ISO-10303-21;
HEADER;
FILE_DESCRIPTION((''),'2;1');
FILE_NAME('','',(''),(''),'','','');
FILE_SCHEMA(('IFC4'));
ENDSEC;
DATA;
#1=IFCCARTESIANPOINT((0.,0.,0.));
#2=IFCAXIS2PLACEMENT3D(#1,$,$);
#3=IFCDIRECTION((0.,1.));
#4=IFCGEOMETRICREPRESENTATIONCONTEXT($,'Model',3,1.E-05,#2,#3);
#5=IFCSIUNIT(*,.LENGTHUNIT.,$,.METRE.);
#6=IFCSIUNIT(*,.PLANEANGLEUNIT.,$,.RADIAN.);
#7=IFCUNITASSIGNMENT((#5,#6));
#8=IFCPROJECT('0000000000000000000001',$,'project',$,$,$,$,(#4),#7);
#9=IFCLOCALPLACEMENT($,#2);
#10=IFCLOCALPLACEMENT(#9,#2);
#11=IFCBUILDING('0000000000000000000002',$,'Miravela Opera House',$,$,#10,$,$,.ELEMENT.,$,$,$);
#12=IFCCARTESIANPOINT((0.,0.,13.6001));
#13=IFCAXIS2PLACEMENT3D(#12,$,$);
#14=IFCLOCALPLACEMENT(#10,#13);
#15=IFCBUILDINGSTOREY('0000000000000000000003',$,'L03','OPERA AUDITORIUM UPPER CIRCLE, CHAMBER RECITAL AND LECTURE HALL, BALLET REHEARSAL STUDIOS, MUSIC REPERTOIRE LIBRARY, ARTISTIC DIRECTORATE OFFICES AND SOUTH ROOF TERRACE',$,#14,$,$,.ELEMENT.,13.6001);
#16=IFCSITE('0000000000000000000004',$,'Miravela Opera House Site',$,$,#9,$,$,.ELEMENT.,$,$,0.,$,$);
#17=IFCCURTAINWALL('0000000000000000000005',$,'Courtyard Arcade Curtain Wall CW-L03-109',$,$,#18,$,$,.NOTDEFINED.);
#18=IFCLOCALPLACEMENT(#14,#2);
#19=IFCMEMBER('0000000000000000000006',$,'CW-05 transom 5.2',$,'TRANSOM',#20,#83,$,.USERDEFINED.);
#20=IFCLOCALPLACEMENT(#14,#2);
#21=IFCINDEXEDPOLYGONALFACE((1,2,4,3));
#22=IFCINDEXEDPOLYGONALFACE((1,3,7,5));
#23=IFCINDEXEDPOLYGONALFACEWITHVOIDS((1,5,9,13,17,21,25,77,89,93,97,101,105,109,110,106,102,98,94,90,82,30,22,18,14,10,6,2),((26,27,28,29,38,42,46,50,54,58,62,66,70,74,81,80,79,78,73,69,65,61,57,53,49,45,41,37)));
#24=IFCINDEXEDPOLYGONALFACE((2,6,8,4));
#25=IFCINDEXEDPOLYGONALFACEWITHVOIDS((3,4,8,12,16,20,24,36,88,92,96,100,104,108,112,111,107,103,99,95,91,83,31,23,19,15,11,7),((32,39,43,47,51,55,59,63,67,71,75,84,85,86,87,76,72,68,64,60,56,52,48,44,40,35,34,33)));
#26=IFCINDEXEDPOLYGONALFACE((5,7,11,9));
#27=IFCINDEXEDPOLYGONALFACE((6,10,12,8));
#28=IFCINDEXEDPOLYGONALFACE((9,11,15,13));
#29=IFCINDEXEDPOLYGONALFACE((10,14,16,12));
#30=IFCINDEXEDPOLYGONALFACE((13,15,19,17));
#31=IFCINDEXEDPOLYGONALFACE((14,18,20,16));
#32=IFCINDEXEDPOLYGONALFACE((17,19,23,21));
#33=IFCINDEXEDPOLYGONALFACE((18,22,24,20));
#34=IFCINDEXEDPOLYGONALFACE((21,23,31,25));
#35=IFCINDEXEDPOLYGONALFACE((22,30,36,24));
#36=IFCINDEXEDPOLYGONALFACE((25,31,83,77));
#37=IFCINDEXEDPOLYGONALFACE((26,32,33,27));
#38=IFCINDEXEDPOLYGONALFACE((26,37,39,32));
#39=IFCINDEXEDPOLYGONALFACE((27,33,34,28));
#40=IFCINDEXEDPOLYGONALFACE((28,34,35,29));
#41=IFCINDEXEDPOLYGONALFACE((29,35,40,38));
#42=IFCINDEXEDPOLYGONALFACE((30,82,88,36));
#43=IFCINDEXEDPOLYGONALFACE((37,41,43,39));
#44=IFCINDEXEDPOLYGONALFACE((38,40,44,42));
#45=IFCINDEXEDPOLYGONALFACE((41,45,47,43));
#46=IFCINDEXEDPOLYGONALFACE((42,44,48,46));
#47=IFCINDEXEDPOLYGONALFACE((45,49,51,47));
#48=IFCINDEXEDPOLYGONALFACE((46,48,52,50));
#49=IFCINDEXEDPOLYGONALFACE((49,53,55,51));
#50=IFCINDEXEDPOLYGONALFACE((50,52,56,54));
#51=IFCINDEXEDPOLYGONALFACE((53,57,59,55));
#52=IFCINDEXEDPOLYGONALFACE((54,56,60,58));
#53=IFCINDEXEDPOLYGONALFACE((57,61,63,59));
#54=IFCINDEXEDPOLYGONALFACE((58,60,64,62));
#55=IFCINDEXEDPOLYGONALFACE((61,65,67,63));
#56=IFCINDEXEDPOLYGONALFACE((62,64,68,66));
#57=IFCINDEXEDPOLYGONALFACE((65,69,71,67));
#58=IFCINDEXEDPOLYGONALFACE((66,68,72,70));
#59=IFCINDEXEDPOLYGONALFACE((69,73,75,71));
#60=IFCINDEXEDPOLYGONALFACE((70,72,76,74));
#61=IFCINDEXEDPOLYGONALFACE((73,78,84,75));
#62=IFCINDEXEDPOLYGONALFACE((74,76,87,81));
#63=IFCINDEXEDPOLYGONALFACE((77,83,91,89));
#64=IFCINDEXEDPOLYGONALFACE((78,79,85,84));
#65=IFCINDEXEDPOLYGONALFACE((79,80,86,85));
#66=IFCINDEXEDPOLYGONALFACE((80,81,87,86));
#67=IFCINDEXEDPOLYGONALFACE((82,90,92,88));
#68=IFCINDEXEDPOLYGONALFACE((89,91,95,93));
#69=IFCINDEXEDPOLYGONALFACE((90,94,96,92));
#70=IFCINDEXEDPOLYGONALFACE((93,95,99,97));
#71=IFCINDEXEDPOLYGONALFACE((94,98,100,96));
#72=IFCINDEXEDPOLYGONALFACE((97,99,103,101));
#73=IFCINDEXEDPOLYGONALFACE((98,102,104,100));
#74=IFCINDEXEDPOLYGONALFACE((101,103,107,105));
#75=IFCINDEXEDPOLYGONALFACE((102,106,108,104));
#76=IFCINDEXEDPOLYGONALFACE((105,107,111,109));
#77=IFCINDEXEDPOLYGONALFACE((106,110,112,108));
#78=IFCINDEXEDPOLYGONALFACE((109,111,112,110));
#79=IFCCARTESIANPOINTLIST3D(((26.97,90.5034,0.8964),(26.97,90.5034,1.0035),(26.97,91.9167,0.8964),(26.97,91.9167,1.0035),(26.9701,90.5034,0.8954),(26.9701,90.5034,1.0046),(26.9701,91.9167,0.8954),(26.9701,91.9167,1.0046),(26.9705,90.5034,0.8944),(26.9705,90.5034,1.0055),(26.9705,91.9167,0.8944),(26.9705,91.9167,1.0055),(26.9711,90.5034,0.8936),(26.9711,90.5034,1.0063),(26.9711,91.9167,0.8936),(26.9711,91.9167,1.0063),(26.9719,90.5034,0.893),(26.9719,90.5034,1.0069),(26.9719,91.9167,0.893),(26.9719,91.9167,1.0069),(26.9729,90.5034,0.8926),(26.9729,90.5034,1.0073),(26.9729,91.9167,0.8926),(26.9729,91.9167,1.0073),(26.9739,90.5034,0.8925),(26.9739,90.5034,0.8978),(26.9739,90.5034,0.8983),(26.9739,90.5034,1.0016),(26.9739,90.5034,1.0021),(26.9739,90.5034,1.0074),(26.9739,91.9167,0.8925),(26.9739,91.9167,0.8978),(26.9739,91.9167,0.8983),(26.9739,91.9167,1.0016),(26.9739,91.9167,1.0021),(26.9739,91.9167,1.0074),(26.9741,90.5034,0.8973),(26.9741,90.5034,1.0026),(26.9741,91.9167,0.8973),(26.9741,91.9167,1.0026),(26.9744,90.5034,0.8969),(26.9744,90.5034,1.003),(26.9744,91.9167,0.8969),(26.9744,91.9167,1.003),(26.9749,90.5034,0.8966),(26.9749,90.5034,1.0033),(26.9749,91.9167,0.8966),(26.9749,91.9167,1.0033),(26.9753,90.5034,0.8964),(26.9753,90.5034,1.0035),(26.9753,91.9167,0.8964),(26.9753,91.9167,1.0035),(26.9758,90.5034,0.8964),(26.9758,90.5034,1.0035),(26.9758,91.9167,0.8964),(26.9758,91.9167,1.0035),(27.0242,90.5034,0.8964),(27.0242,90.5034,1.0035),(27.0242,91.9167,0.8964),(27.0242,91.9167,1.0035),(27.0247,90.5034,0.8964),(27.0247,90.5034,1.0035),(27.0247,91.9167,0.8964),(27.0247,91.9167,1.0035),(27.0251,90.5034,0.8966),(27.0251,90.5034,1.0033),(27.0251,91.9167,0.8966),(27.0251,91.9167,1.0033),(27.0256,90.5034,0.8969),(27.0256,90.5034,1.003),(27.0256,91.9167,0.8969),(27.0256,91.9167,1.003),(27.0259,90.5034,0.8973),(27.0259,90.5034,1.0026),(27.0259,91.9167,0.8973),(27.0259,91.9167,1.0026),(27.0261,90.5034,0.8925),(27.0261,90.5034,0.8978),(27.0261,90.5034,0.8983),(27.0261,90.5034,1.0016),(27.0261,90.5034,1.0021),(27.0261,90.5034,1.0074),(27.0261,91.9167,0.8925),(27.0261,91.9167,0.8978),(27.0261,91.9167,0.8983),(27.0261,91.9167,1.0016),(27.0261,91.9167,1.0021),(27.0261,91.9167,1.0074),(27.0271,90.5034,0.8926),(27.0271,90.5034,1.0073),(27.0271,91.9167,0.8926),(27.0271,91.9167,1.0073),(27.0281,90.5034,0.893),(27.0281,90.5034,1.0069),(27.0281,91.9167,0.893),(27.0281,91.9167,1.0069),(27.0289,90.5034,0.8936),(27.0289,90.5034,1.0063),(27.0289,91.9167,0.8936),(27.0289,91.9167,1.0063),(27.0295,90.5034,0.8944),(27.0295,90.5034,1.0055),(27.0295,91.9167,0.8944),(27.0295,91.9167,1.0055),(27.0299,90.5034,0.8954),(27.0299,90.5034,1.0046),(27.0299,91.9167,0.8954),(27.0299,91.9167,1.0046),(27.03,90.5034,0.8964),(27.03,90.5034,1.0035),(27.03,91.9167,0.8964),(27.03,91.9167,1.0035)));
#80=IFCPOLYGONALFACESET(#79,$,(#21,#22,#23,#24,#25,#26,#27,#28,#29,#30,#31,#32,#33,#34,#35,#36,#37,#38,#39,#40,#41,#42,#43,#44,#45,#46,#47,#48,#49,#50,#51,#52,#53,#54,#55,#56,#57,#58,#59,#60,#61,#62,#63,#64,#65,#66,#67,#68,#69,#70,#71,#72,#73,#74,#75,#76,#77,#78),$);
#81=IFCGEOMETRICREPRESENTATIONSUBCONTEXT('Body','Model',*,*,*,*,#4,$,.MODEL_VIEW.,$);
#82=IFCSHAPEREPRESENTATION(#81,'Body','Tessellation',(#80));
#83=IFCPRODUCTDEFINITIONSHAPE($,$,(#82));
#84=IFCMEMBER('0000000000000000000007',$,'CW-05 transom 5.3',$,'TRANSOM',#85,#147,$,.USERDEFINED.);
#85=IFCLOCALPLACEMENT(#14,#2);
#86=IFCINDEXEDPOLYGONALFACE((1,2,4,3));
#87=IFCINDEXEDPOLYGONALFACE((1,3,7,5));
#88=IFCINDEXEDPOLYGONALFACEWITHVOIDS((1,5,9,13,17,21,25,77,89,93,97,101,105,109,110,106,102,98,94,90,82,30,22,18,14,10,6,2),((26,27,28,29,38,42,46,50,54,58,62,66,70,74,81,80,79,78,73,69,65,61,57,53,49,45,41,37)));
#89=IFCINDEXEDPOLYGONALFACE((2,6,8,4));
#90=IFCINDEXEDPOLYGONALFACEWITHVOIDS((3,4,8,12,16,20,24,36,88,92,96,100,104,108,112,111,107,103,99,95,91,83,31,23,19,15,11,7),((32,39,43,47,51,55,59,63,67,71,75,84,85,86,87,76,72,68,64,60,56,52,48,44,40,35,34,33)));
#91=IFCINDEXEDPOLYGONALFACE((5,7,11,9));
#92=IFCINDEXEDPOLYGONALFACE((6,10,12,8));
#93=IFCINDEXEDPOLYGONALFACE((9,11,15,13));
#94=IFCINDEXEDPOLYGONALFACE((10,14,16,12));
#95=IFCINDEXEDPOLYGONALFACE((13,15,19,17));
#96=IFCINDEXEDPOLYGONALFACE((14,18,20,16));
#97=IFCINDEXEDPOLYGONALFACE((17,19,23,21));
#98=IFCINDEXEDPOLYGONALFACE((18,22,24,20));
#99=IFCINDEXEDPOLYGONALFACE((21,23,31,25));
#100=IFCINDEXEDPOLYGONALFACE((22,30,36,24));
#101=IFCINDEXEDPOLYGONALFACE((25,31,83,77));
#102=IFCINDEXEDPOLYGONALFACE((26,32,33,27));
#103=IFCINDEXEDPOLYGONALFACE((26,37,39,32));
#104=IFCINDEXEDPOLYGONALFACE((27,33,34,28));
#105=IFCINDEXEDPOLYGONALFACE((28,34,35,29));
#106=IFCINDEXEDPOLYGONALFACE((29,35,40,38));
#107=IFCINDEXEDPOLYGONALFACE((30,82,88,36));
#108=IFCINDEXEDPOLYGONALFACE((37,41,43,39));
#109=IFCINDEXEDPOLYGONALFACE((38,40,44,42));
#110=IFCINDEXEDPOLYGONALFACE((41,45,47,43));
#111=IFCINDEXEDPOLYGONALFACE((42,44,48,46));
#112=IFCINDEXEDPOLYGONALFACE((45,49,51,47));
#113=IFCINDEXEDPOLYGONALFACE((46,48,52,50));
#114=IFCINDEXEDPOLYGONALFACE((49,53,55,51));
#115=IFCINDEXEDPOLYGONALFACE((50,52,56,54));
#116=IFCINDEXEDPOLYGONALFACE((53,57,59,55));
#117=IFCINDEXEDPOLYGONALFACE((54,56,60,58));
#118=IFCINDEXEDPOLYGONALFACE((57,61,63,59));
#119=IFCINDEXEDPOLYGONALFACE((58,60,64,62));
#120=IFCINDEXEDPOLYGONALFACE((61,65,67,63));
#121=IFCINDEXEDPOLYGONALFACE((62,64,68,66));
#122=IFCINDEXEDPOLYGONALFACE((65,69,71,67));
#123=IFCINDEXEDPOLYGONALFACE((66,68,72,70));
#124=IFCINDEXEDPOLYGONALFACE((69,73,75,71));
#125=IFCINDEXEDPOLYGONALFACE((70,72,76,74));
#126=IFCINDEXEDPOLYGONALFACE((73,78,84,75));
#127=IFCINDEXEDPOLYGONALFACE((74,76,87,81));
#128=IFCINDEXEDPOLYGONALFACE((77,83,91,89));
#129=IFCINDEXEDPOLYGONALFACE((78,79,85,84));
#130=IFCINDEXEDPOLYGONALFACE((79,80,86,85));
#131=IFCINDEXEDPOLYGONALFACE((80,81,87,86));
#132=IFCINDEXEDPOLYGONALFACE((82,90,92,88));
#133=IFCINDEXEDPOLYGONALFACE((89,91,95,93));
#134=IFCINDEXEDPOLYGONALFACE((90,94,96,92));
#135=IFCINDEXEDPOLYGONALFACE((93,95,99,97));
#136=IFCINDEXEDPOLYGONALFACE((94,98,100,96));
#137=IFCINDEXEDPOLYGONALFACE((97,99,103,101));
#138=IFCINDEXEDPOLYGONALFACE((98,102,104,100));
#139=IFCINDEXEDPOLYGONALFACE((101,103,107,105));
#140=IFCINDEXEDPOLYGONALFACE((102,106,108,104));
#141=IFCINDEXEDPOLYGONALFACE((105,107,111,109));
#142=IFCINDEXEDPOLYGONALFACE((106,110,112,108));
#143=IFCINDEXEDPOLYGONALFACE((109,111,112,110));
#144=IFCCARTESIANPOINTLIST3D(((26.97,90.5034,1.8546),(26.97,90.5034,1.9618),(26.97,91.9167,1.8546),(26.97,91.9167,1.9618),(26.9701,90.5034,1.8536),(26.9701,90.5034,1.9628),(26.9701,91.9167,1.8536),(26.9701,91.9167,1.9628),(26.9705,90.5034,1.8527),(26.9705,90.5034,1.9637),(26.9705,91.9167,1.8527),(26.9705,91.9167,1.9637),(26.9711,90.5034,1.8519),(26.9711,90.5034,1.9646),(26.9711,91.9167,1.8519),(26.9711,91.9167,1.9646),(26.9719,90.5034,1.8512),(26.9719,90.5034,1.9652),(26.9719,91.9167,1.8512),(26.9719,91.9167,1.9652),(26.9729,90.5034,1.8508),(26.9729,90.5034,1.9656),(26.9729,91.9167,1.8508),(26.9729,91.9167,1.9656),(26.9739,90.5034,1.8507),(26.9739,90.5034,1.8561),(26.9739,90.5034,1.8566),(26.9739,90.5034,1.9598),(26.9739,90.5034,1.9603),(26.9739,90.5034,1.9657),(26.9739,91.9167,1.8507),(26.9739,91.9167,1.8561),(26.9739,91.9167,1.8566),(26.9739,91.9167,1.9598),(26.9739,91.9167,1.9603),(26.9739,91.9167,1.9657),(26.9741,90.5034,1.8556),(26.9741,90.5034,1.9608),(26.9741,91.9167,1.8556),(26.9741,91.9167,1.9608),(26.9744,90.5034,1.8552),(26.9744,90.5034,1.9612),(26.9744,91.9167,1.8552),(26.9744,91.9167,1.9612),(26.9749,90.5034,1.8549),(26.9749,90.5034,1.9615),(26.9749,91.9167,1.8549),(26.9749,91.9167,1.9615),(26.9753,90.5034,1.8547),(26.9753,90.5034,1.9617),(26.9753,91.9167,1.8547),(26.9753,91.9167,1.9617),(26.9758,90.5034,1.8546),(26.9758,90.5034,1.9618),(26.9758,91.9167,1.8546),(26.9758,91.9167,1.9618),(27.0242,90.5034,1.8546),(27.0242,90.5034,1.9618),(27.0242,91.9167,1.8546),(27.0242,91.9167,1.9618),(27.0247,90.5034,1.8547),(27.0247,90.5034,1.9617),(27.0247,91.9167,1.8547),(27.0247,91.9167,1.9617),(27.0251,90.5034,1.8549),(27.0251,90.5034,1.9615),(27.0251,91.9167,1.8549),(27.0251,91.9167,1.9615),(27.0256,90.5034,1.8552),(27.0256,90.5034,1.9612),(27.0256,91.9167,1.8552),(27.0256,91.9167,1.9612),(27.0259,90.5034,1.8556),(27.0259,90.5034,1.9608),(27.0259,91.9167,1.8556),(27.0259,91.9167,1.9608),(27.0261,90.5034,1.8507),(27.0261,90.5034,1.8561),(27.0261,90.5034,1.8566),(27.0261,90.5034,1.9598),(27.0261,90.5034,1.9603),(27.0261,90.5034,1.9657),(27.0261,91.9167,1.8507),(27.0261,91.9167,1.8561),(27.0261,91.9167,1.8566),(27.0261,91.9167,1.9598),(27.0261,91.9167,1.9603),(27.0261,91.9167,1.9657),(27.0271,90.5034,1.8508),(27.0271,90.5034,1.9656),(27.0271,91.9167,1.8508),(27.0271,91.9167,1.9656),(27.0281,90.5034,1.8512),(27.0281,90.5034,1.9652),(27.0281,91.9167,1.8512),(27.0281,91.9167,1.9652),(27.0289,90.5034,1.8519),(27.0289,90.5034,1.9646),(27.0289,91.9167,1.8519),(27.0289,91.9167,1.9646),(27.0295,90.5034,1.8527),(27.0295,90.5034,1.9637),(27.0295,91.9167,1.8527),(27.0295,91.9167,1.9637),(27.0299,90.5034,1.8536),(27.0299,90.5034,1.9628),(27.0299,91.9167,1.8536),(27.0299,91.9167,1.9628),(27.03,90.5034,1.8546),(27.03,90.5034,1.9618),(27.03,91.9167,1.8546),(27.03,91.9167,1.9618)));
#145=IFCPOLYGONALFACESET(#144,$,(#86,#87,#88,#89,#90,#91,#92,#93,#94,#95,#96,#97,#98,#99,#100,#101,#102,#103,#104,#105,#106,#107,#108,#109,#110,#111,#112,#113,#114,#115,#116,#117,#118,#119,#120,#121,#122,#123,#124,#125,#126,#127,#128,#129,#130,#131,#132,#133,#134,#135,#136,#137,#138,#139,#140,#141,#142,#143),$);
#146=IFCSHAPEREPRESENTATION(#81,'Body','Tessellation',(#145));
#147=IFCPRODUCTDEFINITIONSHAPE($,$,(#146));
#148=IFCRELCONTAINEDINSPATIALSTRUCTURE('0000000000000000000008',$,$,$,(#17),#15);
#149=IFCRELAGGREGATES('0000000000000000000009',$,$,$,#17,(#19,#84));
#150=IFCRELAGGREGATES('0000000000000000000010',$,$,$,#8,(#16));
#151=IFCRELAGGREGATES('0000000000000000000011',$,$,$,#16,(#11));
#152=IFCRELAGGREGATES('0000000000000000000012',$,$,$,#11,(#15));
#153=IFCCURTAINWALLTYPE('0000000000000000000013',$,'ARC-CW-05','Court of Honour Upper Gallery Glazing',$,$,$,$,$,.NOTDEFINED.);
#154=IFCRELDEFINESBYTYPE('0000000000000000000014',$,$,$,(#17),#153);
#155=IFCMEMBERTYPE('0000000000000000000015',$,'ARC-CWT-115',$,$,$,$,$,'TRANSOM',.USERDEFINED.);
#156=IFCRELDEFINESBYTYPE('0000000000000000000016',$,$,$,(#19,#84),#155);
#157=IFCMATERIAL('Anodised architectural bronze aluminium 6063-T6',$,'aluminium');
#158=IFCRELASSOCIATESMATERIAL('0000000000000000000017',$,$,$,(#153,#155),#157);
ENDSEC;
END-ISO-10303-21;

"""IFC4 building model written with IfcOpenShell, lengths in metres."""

from ifc_helpers import new_model, si_unit, direction, frame, origin, origin_2d, place, context, subcontext, project, spatial, hollow_rectangle, extrude, material, material_profile, profile_set, type_object, element, aggregate, save


model = new_model("IFC4")

# Units and contexts
model_context = context("Model", 3, precision=1e-05, world=origin(), true_north=direction((0.0, 1.0)))
body_context = subcontext(model_context, "Body", "Model", "MODEL_VIEW")
ifc_project = project(units=[si_unit("LENGTHUNIT", "METRE"), si_unit("PLANEANGLEUNIT", "RADIAN")], contexts=[model_context])

# Site, building, storey
site_placement = place(None, origin())
site = spatial("IfcSite", under=ifc_project, at=site_placement, Name="Miravela Opera House Site", CompositionType="ELEMENT", RefElevation=0.0)
building_placement = place(site_placement, origin())
building = spatial("IfcBuilding", under=site, at=building_placement, Name="Miravela Opera House", CompositionType="ELEMENT")
storey_placement = place(building_placement, frame((0.0, 0.0, 13.6001)))
storey = spatial("IfcBuildingStorey", under=building, at=storey_placement, Name="L03", Description="OPERA AUDITORIUM UPPER CIRCLE, CHAMBER RECITAL AND LECTURE HALL, BALLET REHEARSAL STUDIOS, MUSIC REPERTOIRE LIBRARY, ARTISTIC DIRECTORATE OFFICES AND SOUTH ROOF TERRACE", CompositionType="ELEMENT", Elevation=13.6001)

# Curtain wall
ifc_material_1 = material(Name="Anodised architectural bronze aluminium 6063-T6", Category="aluminium")
curtain_wall_type = type_object("IfcCurtainWallType", Name="ARC-CW-05", Description="Court of Honour Upper Gallery Glazing", PredefinedType="NOTDEFINED", material=ifc_material_1)
curtain_wall_1_placement = place(storey_placement, origin())
curtain_wall_1 = element("IfcCurtainWall", 1, at=curtain_wall_1_placement, inside=storey, type_object=curtain_wall_type, Name="Courtyard Arcade Curtain Wall CW-L03-109", PredefinedType="NOTDEFINED")

# Members
ifc_material_profile_1 = material_profile(ifc_material_1, hollow_rectangle(XDim=0.0601, YDim=0.115, WallThickness=0.0039, InnerFilletRadius=0.002, OuterFilletRadius=0.0039, at=origin_2d()), Name="CWT-60X115")
ifc_profile_set_1 = profile_set([ifc_material_profile_1])
member_type_1 = type_object("IfcMemberType", Name="ARC-CWT-115", ElementType="TRANSOM", PredefinedType="USERDEFINED", material=ifc_profile_set_1)
member_1_placement = place(storey_placement, frame((27.0, 90.5034, 0.95), z_axis=(0.0, 1.0, 0.0), x_axis=(-1.0, 0.0, 0.0)))
member_1 = element("IfcMember", 2, at=member_1_placement, type_object=member_type_1, Name="CW-05 transom 5.2", ObjectType="TRANSOM", PredefinedType="USERDEFINED", context=body_context, shape_type="SweptSolid", body=[
    extrude(hollow_rectangle(XDim=0.0601, YDim=0.115, WallThickness=0.0039, InnerFilletRadius=0.002, OuterFilletRadius=0.0039, at=origin_2d()), origin(), (0.0, 0.0, 1.0), 1.4133),
])
member_2_placement = place(storey_placement, frame((27.0, 90.5034, 1.9082), z_axis=(0.0, 1.0, 0.0), x_axis=(-1.0, 0.0, 0.0)))
member_2 = element("IfcMember", 3, at=member_2_placement, type_object=member_type_1, Name="CW-05 transom 5.3", ObjectType="TRANSOM", PredefinedType="USERDEFINED", context=body_context, shape_type="SweptSolid", body=[
    extrude(hollow_rectangle(XDim=0.0601, YDim=0.115, WallThickness=0.0039, InnerFilletRadius=0.002, OuterFilletRadius=0.0039, at=origin_2d()), origin(), (0.0, 0.0, 1.0), 1.4133),
])

aggregate(curtain_wall_1, [member_1, member_2])

save(model, "model.ifc")
